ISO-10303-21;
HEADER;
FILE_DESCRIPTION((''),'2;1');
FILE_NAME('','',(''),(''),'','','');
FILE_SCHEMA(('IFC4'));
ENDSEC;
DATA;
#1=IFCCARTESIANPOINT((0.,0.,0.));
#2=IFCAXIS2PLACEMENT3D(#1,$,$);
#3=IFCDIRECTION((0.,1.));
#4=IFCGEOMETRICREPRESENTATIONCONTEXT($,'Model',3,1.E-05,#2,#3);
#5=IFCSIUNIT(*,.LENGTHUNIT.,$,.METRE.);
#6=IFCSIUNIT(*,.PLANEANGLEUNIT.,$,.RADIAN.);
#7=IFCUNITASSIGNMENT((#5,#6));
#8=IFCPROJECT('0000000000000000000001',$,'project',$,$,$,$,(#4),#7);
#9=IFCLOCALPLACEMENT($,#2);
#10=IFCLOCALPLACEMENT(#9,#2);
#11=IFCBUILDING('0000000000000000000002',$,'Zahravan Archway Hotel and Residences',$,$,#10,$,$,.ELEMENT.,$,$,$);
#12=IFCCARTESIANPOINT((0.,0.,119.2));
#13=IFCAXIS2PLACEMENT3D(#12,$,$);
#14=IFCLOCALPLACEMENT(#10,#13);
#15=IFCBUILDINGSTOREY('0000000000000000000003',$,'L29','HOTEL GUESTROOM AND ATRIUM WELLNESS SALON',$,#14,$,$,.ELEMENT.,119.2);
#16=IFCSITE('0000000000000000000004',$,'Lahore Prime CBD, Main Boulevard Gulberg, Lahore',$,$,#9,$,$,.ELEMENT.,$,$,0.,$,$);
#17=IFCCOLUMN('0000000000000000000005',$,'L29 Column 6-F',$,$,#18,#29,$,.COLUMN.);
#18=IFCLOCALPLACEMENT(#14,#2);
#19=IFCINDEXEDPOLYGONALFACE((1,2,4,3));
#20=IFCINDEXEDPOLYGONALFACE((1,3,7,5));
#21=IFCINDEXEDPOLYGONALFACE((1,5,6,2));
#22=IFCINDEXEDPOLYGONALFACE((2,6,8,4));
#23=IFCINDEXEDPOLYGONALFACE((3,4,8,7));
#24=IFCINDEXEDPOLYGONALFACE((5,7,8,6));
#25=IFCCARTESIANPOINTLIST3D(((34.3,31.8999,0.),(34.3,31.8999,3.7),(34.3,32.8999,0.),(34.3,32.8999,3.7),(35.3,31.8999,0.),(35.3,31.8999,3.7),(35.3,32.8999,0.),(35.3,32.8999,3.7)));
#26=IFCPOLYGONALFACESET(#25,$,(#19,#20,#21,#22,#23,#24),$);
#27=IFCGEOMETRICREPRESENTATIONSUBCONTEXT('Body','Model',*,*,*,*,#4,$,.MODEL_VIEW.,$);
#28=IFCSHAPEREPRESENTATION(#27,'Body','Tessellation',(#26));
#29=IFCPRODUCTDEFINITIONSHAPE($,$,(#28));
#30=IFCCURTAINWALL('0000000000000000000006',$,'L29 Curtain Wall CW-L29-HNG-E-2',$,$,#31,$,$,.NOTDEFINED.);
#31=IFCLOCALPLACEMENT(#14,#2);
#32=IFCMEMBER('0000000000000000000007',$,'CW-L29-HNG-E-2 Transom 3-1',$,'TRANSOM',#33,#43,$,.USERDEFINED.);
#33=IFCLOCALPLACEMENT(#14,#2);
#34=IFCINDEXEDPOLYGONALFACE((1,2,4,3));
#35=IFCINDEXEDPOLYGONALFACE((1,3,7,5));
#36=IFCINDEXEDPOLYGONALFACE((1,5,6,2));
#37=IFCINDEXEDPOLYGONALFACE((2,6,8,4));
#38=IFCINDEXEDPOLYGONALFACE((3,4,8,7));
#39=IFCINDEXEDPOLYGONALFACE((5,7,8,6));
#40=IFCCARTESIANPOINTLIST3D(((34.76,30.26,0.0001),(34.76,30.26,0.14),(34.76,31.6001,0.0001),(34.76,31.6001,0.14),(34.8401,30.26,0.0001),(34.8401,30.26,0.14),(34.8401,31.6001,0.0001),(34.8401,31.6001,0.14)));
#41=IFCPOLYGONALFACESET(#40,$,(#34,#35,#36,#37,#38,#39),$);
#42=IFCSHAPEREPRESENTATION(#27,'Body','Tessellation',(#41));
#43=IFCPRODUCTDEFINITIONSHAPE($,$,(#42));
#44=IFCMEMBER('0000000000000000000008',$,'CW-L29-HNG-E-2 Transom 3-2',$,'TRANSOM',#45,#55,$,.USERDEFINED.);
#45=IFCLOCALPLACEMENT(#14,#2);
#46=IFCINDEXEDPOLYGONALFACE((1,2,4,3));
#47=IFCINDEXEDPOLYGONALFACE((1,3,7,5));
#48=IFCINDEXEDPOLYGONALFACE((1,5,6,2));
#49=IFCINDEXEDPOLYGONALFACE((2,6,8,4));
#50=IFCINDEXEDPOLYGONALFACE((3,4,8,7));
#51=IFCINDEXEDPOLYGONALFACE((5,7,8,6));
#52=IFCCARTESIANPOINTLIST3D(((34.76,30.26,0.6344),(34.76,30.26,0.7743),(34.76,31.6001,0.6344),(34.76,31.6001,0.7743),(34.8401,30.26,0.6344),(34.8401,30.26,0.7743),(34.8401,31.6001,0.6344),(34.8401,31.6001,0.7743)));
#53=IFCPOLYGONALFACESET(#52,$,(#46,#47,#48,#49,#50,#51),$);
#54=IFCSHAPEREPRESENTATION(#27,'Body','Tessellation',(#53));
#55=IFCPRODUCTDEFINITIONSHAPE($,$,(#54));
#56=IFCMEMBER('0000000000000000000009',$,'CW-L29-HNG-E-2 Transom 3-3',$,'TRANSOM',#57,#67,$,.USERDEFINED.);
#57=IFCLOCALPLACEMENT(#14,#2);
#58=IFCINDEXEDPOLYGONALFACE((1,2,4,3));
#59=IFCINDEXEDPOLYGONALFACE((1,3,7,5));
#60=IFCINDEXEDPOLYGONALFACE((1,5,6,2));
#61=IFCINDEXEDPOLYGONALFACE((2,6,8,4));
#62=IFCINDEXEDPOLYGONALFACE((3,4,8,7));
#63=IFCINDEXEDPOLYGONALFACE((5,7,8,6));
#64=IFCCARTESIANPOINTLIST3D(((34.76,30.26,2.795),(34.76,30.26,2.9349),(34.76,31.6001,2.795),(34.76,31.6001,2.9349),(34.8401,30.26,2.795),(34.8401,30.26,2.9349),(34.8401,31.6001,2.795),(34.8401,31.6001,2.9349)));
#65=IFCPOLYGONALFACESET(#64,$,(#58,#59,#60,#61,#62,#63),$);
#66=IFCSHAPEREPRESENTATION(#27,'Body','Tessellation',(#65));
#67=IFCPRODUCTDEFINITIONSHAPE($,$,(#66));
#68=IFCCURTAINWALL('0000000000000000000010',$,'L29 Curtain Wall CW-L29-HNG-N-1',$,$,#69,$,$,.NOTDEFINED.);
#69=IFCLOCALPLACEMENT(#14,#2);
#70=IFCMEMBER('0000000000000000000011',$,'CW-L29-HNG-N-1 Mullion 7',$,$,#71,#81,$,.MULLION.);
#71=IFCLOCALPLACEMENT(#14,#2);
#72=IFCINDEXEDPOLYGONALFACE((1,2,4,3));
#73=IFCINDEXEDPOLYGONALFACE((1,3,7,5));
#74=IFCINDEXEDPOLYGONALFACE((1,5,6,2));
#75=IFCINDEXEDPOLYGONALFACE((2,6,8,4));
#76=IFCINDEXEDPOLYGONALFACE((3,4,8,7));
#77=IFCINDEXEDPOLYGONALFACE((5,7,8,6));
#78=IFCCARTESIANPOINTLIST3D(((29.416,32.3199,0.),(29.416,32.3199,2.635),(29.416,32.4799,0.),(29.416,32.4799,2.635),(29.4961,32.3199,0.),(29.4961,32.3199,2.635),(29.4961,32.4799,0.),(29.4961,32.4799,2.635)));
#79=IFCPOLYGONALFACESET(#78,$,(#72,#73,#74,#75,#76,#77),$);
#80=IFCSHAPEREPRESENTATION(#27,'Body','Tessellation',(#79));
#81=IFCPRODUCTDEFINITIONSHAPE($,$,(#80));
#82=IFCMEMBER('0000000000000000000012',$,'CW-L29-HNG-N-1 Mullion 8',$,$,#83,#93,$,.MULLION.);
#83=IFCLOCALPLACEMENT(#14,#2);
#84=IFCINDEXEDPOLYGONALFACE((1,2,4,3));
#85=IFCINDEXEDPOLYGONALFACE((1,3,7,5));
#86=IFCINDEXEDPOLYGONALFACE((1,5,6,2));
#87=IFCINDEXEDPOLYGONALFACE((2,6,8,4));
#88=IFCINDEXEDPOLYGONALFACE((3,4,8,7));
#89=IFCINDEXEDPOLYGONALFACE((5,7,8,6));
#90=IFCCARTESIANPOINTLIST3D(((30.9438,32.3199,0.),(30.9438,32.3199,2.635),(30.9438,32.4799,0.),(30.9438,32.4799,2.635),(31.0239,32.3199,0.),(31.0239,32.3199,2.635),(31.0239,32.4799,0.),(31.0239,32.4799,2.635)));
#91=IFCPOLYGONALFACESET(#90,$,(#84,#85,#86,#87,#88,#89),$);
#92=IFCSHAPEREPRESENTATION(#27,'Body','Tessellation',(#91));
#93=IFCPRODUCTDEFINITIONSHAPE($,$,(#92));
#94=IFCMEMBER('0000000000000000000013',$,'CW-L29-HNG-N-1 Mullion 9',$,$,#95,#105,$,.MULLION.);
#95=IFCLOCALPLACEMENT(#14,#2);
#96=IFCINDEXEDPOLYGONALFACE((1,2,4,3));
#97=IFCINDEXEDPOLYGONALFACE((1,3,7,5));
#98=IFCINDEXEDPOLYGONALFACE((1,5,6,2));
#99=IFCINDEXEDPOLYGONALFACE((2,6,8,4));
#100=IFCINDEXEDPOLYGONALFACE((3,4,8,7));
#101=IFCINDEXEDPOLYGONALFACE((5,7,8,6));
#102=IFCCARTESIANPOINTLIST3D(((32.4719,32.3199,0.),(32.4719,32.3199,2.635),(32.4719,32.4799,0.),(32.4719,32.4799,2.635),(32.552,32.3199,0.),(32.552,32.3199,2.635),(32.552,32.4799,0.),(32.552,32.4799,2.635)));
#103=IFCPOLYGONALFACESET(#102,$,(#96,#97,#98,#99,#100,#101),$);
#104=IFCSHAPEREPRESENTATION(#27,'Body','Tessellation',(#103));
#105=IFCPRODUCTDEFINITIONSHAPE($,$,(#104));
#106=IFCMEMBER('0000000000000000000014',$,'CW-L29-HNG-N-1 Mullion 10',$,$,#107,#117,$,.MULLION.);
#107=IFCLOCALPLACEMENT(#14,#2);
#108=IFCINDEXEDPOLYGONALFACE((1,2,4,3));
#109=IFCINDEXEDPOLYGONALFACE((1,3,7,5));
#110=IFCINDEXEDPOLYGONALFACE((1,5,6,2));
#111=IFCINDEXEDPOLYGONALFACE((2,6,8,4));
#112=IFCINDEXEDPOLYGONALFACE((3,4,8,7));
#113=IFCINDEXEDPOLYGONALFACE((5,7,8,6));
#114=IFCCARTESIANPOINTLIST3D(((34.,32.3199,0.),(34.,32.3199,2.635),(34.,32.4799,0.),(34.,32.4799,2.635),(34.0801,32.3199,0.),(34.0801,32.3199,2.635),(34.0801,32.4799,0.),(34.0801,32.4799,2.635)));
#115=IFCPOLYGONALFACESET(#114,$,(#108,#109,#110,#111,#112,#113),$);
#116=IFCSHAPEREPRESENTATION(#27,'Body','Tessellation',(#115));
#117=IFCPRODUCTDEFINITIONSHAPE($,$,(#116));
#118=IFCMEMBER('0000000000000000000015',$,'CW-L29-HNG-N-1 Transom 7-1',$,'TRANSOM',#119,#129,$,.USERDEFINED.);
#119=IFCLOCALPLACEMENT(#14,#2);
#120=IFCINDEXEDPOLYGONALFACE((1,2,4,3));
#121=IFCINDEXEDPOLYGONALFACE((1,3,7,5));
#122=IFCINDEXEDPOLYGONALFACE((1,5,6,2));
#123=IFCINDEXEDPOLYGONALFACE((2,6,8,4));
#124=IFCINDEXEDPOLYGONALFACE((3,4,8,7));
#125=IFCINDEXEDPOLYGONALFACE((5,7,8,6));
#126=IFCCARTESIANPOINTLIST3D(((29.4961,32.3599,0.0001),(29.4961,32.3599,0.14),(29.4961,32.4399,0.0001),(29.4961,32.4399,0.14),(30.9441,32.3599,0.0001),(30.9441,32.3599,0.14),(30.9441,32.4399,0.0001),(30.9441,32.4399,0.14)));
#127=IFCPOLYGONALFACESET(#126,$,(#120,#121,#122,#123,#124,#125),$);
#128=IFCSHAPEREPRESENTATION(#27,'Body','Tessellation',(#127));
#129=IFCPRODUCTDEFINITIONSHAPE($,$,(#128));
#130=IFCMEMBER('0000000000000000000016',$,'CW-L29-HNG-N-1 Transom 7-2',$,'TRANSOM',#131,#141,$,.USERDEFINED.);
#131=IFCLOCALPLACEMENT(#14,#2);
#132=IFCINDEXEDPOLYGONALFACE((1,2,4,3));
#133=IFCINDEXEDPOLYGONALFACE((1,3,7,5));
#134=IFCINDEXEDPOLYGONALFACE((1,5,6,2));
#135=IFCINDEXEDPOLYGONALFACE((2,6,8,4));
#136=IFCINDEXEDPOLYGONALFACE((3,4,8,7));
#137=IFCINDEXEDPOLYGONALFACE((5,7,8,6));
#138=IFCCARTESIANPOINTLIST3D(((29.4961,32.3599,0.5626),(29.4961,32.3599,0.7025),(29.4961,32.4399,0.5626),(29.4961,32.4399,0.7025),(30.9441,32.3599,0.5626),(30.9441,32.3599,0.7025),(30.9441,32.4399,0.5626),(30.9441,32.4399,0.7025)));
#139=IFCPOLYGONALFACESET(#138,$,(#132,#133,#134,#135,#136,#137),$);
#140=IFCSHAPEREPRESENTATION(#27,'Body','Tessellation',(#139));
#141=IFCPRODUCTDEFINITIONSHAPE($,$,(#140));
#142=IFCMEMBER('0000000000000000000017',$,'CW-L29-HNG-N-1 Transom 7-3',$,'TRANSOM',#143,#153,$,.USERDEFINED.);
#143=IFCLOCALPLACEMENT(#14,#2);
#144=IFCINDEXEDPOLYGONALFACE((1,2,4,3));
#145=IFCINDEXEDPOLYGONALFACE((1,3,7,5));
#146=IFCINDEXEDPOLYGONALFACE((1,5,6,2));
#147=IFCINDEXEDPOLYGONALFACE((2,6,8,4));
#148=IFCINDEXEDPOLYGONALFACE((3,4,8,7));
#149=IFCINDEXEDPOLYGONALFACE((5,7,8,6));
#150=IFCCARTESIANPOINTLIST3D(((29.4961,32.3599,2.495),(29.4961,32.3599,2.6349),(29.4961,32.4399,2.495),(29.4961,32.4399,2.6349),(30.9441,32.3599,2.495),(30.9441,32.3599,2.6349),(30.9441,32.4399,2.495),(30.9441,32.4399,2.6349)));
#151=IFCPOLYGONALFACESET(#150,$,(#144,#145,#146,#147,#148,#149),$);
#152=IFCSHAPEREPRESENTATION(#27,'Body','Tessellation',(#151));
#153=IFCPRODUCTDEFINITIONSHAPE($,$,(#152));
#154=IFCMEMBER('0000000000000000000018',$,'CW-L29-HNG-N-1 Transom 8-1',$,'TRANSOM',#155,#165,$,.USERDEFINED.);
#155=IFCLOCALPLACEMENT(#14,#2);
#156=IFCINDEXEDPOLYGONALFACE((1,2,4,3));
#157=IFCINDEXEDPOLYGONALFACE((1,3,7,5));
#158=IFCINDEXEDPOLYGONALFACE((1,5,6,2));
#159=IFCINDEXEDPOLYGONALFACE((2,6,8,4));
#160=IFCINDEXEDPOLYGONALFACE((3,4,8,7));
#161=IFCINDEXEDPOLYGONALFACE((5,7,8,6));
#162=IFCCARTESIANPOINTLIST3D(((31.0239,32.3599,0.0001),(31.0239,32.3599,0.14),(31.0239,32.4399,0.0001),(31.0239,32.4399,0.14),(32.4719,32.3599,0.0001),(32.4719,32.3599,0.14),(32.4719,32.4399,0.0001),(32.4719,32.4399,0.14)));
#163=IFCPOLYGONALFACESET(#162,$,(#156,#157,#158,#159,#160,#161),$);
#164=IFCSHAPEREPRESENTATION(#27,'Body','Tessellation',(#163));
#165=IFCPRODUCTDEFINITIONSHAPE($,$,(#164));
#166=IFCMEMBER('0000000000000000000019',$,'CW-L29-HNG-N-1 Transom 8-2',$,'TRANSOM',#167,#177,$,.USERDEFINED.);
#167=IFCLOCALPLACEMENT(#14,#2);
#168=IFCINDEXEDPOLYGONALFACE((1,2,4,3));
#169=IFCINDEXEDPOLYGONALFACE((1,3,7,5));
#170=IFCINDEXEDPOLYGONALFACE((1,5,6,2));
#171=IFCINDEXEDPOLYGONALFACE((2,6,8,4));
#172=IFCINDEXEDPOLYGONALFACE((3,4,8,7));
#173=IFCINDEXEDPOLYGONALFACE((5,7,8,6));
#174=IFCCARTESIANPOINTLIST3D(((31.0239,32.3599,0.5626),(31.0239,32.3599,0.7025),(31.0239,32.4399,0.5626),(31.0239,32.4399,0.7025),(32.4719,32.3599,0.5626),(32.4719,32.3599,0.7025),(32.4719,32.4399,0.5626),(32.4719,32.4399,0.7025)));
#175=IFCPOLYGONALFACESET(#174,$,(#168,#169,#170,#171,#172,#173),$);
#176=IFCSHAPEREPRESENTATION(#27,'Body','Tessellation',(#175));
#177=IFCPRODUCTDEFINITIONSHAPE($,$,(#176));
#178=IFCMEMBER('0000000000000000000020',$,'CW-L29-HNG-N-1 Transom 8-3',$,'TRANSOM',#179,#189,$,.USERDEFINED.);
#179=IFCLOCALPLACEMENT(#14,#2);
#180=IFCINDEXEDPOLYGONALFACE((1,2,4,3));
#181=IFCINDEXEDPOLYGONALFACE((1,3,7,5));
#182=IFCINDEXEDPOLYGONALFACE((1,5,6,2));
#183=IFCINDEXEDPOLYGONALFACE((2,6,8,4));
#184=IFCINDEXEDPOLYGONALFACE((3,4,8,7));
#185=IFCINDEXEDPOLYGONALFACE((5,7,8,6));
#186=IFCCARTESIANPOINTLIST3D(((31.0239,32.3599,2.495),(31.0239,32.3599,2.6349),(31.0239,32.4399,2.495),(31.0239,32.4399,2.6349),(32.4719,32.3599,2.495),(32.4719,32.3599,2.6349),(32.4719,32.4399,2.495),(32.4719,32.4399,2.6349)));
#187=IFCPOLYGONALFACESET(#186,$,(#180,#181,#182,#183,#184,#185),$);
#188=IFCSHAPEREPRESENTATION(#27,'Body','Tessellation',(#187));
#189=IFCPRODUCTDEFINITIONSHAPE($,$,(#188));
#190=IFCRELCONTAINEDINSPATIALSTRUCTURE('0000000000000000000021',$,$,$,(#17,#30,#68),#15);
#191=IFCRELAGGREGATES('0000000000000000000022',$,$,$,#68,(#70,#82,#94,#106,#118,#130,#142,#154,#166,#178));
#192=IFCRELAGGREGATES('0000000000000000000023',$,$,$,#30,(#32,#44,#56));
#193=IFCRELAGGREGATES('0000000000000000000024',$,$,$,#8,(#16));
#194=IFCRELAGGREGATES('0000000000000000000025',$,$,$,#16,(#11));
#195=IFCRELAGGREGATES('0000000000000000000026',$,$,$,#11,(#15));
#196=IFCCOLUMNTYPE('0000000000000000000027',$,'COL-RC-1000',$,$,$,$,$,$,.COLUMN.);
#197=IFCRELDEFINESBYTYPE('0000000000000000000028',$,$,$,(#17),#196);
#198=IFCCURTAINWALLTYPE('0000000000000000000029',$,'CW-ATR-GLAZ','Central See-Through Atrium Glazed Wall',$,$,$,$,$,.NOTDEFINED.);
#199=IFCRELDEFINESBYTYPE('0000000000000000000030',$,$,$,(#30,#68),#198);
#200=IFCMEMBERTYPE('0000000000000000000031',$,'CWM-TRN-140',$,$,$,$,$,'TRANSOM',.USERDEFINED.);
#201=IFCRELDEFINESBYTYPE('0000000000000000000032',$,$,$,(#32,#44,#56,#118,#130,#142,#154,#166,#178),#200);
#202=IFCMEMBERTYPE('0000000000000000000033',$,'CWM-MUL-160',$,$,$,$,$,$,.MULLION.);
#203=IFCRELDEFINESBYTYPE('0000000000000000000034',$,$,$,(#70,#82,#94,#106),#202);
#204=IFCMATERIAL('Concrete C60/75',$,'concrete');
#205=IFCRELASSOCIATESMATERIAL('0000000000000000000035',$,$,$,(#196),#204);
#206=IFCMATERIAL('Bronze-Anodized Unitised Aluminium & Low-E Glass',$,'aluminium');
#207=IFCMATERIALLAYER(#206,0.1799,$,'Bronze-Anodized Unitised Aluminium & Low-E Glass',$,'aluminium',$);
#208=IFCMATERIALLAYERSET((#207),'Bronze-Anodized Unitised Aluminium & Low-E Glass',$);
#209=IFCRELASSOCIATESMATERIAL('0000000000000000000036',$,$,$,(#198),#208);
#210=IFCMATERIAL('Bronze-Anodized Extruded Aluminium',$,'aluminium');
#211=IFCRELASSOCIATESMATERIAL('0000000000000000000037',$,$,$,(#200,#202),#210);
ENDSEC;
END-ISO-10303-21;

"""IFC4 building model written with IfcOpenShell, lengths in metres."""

from ifc_helpers import new_model, si_unit, direction, frame, origin, origin_2d, place, context, subcontext, project, spatial, rectangle, extrude, source, transform, mapped, material, layer, layer_set, material_profile, profile_set, type_object, type_shapes, element, aggregate, save


model = new_model("IFC4")

# Units and contexts
model_context = context("Model", 3, precision=1e-05, world=origin(), true_north=direction((0.0, 1.0)))
body_context = subcontext(model_context, "Body", "Model", "MODEL_VIEW")
ifc_project = project(units=[si_unit("LENGTHUNIT", "METRE"), si_unit("PLANEANGLEUNIT", "RADIAN")], contexts=[model_context])

# Site, building, storey
site_placement = place(None, origin())
site = spatial("IfcSite", under=ifc_project, at=site_placement, Name="Lahore Prime CBD, Main Boulevard Gulberg, Lahore", CompositionType="ELEMENT", RefElevation=0.0)
building_placement = place(site_placement, origin())
building = spatial("IfcBuilding", under=site, at=building_placement, Name="Zahravan Archway Hotel and Residences", CompositionType="ELEMENT")
storey_placement = place(building_placement, frame((0.0, 0.0, 119.2)))
storey = spatial("IfcBuildingStorey", under=building, at=storey_placement, Name="L29", Description="HOTEL GUESTROOM AND ATRIUM WELLNESS SALON", CompositionType="ELEMENT", Elevation=119.2)

# Column
ifc_material_1 = material(Name="Concrete C60/75", Category="concrete")
ifc_material_profile_1 = material_profile(ifc_material_1, rectangle(XDim=1.0, YDim=1.0, at=origin_2d()), Name="RC-COL-1000x1000", Category="concrete")
ifc_profile_set_1 = profile_set([ifc_material_profile_1], Name="Concrete C60/75")
column_type = type_object("IfcColumnType", Name="COL-RC-1000", PredefinedType="COLUMN", material=ifc_profile_set_1)
shared_shape_1 = source(origin(), body_context, "Body", "SweptSolid", [
    extrude(rectangle(XDim=1.0, YDim=1.0, at=origin_2d()), origin(), (0.0, 0.0, 1.0), 3.7),
])
type_shapes(column_type, [shared_shape_1])
column_placement = place(storey_placement, frame((34.8, 32.3999, 0.0), z_axis=(0.0, 0.0, 1.0), x_axis=(1.0, 0.0, 0.0)))
element("IfcColumn", 1, at=column_placement, inside=storey, type_object=column_type, Name="L29 Column 6-F", PredefinedType="COLUMN", context=body_context, shape_type="MappedRepresentation", body=[
    mapped(shared_shape_1, transform((0.0, 0.0, 0.0), scale=1.0)),
])

# Curtain walls, members
ifc_material_2 = material(Name="Bronze-Anodized Unitised Aluminium & Low-E Glass", Category="aluminium")
ifc_layer_1 = layer(ifc_material_2, 0.1799, Name="Bronze-Anodized Unitised Aluminium & Low-E Glass", Category="aluminium")
ifc_layer_set_1 = layer_set([ifc_layer_1], Name="Bronze-Anodized Unitised Aluminium & Low-E Glass")
curtain_wall_type = type_object("IfcCurtainWallType", Name="CW-ATR-GLAZ", Description="Central See-Through Atrium Glazed Wall", PredefinedType="NOTDEFINED", material=ifc_layer_set_1)
curtain_wall_1_placement = place(storey_placement, origin())
curtain_wall_1 = element("IfcCurtainWall", 2, at=curtain_wall_1_placement, inside=storey, type_object=curtain_wall_type, Name="L29 Curtain Wall CW-L29-HNG-E-2", PredefinedType="NOTDEFINED")
ifc_material_3 = material(Name="Bronze-Anodized Extruded Aluminium", Category="aluminium")
ifc_material_profile_2 = material_profile(ifc_material_3, rectangle(XDim=0.0801, YDim=0.1399, at=origin_2d()), Name="TRN 80x140", Category="aluminium")
ifc_profile_set_2 = profile_set([ifc_material_profile_2], Name="Bronze-Anodized Extruded Aluminium")
member_type_1 = type_object("IfcMemberType", Name="CWM-TRN-140", ElementType="TRANSOM", PredefinedType="USERDEFINED", material=ifc_profile_set_2)
shared_shape_2 = source(origin(), body_context, "Body", "SweptSolid", [
    extrude(rectangle(XDim=0.0801, YDim=0.1399, at=origin_2d()), origin(), (0.0, 0.0, 1.0), 1.3401),
])
member_1_placement = place(storey_placement, frame((34.8, 30.26, 0.0701), z_axis=(0.0, 1.0, 0.0), x_axis=(-1.0, 0.0, 0.0)))
member_1 = element("IfcMember", 3, at=member_1_placement, type_object=member_type_1, Name="CW-L29-HNG-E-2 Transom 3-1", ObjectType="TRANSOM", PredefinedType="USERDEFINED", context=body_context, shape_type="MappedRepresentation", body=[
    mapped(shared_shape_2, transform((0.0, 0.0, 0.0), scale=1.0)),
])
member_2_placement = place(storey_placement, frame((34.8, 30.26, 0.7043), z_axis=(0.0, 1.0, 0.0), x_axis=(-1.0, 0.0, 0.0)))
member_2 = element("IfcMember", 4, at=member_2_placement, type_object=member_type_1, Name="CW-L29-HNG-E-2 Transom 3-2", ObjectType="TRANSOM", PredefinedType="USERDEFINED", context=body_context, shape_type="MappedRepresentation", body=[
    mapped(shared_shape_2, transform((0.0, 0.0, 0.0), scale=1.0)),
])
member_3_placement = place(storey_placement, frame((34.8, 30.26, 2.865), z_axis=(0.0, 1.0, 0.0), x_axis=(-1.0, 0.0, 0.0)))
member_3 = element("IfcMember", 5, at=member_3_placement, type_object=member_type_1, Name="CW-L29-HNG-E-2 Transom 3-3", ObjectType="TRANSOM", PredefinedType="USERDEFINED", context=body_context, shape_type="MappedRepresentation", body=[
    mapped(shared_shape_2, transform((0.0, 0.0, 0.0), scale=1.0)),
])
curtain_wall_2_placement = place(storey_placement, origin())
curtain_wall_2 = element("IfcCurtainWall", 6, at=curtain_wall_2_placement, inside=storey, type_object=curtain_wall_type, Name="L29 Curtain Wall CW-L29-HNG-N-1", PredefinedType="NOTDEFINED")
ifc_material_profile_3 = material_profile(ifc_material_3, rectangle(XDim=0.0801, YDim=0.1599, at=origin_2d()), Name="MUL 80x160", Category="aluminium")
ifc_profile_set_3 = profile_set([ifc_material_profile_3], Name="Bronze-Anodized Extruded Aluminium")
member_type_2 = type_object("IfcMemberType", Name="CWM-MUL-160", PredefinedType="MULLION", material=ifc_profile_set_3)
shared_shape_3 = source(origin(), body_context, "Body", "SweptSolid", [
    extrude(rectangle(XDim=0.0801, YDim=0.1599, at=origin_2d()), origin(), (0.0, 0.0, 1.0), 2.635),
])
member_4_placement = place(storey_placement, frame((29.4561, 32.3999, 0.0), z_axis=(0.0, 0.0, 1.0), x_axis=(1.0, 0.0, 0.0)))
member_4 = element("IfcMember", 7, at=member_4_placement, type_object=member_type_2, Name="CW-L29-HNG-N-1 Mullion 7", PredefinedType="MULLION", context=body_context, shape_type="MappedRepresentation", body=[
    mapped(shared_shape_3, transform((0.0, 0.0, 0.0), scale=1.0)),
])
member_5_placement = place(storey_placement, frame((30.9839, 32.3999, 0.0), z_axis=(0.0, 0.0, 1.0), x_axis=(1.0, 0.0, 0.0)))
member_5 = element("IfcMember", 8, at=member_5_placement, type_object=member_type_2, Name="CW-L29-HNG-N-1 Mullion 8", PredefinedType="MULLION", context=body_context, shape_type="MappedRepresentation", body=[
    mapped(shared_shape_3, transform((0.0, 0.0, 0.0), scale=1.0)),
])
member_6_placement = place(storey_placement, frame((32.512, 32.3999, 0.0), z_axis=(0.0, 0.0, 1.0), x_axis=(1.0, 0.0, 0.0)))
member_6 = element("IfcMember", 9, at=member_6_placement, type_object=member_type_2, Name="CW-L29-HNG-N-1 Mullion 9", PredefinedType="MULLION", context=body_context, shape_type="MappedRepresentation", body=[
    mapped(shared_shape_3, transform((0.0, 0.0, 0.0), scale=1.0)),
])
member_7_placement = place(storey_placement, frame((34.04, 32.3999, 0.0), z_axis=(0.0, 0.0, 1.0), x_axis=(1.0, 0.0, 0.0)))
member_7 = element("IfcMember", 10, at=member_7_placement, type_object=member_type_2, Name="CW-L29-HNG-N-1 Mullion 10", PredefinedType="MULLION", context=body_context, shape_type="MappedRepresentation", body=[
    mapped(shared_shape_3, transform((0.0, 0.0, 0.0), scale=1.0)),
])
shared_shape_4 = source(origin(), body_context, "Body", "SweptSolid", [
    extrude(rectangle(XDim=0.0801, YDim=0.1399, at=origin_2d()), origin(), (0.0, 0.0, 1.0), 1.448),
])
member_8_placement = place(storey_placement, frame((29.4961, 32.3999, 0.0701), z_axis=(1.0, 0.0, 0.0), x_axis=(0.0, 1.0, 0.0)))
member_8 = element("IfcMember", 11, at=member_8_placement, type_object=member_type_1, Name="CW-L29-HNG-N-1 Transom 7-1", ObjectType="TRANSOM", PredefinedType="USERDEFINED", context=body_context, shape_type="MappedRepresentation", body=[
    mapped(shared_shape_4, transform((0.0, 0.0, 0.0), scale=1.0)),
])
member_9_placement = place(storey_placement, frame((29.4961, 32.3999, 0.6326), z_axis=(1.0, 0.0, 0.0), x_axis=(0.0, 1.0, 0.0)))
member_9 = element("IfcMember", 12, at=member_9_placement, type_object=member_type_1, Name="CW-L29-HNG-N-1 Transom 7-2", ObjectType="TRANSOM", PredefinedType="USERDEFINED", context=body_context, shape_type="MappedRepresentation", body=[
    mapped(shared_shape_4, transform((0.0, 0.0, 0.0), scale=1.0)),
])
member_10_placement = place(storey_placement, frame((29.4961, 32.3999, 2.5649), z_axis=(1.0, 0.0, 0.0), x_axis=(0.0, 1.0, 0.0)))
member_10 = element("IfcMember", 13, at=member_10_placement, type_object=member_type_1, Name="CW-L29-HNG-N-1 Transom 7-3", ObjectType="TRANSOM", PredefinedType="USERDEFINED", context=body_context, shape_type="MappedRepresentation", body=[
    mapped(shared_shape_4, transform((0.0, 0.0, 0.0), scale=1.0)),
])
member_11_placement = place(storey_placement, frame((31.0239, 32.3999, 0.0701), z_axis=(1.0, 0.0, 0.0), x_axis=(0.0, 1.0, 0.0)))
member_11 = element("IfcMember", 14, at=member_11_placement, type_object=member_type_1, Name="CW-L29-HNG-N-1 Transom 8-1", ObjectType="TRANSOM", PredefinedType="USERDEFINED", context=body_context, shape_type="MappedRepresentation", body=[
    mapped(shared_shape_4, transform((0.0, 0.0, 0.0), scale=1.0)),
])
member_12_placement = place(storey_placement, frame((31.0239, 32.3999, 0.6326), z_axis=(1.0, 0.0, 0.0), x_axis=(0.0, 1.0, 0.0)))
member_12 = element("IfcMember", 15, at=member_12_placement, type_object=member_type_1, Name="CW-L29-HNG-N-1 Transom 8-2", ObjectType="TRANSOM", PredefinedType="USERDEFINED", context=body_context, shape_type="MappedRepresentation", body=[
    mapped(shared_shape_4, transform((0.0, 0.0, 0.0), scale=1.0)),
])
member_13_placement = place(storey_placement, frame((31.0239, 32.3999, 2.5649), z_axis=(1.0, 0.0, 0.0), x_axis=(0.0, 1.0, 0.0)))
member_13 = element("IfcMember", 16, at=member_13_placement, type_object=member_type_1, Name="CW-L29-HNG-N-1 Transom 8-3", ObjectType="TRANSOM", PredefinedType="USERDEFINED", context=body_context, shape_type="MappedRepresentation", body=[
    mapped(shared_shape_4, transform((0.0, 0.0, 0.0), scale=1.0)),
])

aggregate(curtain_wall_2, [member_4, member_5, member_6, member_7, member_8, member_9, member_10, member_11, member_12, member_13])
aggregate(curtain_wall_1, [member_1, member_2, member_3])

save(model, "model.ifc")
